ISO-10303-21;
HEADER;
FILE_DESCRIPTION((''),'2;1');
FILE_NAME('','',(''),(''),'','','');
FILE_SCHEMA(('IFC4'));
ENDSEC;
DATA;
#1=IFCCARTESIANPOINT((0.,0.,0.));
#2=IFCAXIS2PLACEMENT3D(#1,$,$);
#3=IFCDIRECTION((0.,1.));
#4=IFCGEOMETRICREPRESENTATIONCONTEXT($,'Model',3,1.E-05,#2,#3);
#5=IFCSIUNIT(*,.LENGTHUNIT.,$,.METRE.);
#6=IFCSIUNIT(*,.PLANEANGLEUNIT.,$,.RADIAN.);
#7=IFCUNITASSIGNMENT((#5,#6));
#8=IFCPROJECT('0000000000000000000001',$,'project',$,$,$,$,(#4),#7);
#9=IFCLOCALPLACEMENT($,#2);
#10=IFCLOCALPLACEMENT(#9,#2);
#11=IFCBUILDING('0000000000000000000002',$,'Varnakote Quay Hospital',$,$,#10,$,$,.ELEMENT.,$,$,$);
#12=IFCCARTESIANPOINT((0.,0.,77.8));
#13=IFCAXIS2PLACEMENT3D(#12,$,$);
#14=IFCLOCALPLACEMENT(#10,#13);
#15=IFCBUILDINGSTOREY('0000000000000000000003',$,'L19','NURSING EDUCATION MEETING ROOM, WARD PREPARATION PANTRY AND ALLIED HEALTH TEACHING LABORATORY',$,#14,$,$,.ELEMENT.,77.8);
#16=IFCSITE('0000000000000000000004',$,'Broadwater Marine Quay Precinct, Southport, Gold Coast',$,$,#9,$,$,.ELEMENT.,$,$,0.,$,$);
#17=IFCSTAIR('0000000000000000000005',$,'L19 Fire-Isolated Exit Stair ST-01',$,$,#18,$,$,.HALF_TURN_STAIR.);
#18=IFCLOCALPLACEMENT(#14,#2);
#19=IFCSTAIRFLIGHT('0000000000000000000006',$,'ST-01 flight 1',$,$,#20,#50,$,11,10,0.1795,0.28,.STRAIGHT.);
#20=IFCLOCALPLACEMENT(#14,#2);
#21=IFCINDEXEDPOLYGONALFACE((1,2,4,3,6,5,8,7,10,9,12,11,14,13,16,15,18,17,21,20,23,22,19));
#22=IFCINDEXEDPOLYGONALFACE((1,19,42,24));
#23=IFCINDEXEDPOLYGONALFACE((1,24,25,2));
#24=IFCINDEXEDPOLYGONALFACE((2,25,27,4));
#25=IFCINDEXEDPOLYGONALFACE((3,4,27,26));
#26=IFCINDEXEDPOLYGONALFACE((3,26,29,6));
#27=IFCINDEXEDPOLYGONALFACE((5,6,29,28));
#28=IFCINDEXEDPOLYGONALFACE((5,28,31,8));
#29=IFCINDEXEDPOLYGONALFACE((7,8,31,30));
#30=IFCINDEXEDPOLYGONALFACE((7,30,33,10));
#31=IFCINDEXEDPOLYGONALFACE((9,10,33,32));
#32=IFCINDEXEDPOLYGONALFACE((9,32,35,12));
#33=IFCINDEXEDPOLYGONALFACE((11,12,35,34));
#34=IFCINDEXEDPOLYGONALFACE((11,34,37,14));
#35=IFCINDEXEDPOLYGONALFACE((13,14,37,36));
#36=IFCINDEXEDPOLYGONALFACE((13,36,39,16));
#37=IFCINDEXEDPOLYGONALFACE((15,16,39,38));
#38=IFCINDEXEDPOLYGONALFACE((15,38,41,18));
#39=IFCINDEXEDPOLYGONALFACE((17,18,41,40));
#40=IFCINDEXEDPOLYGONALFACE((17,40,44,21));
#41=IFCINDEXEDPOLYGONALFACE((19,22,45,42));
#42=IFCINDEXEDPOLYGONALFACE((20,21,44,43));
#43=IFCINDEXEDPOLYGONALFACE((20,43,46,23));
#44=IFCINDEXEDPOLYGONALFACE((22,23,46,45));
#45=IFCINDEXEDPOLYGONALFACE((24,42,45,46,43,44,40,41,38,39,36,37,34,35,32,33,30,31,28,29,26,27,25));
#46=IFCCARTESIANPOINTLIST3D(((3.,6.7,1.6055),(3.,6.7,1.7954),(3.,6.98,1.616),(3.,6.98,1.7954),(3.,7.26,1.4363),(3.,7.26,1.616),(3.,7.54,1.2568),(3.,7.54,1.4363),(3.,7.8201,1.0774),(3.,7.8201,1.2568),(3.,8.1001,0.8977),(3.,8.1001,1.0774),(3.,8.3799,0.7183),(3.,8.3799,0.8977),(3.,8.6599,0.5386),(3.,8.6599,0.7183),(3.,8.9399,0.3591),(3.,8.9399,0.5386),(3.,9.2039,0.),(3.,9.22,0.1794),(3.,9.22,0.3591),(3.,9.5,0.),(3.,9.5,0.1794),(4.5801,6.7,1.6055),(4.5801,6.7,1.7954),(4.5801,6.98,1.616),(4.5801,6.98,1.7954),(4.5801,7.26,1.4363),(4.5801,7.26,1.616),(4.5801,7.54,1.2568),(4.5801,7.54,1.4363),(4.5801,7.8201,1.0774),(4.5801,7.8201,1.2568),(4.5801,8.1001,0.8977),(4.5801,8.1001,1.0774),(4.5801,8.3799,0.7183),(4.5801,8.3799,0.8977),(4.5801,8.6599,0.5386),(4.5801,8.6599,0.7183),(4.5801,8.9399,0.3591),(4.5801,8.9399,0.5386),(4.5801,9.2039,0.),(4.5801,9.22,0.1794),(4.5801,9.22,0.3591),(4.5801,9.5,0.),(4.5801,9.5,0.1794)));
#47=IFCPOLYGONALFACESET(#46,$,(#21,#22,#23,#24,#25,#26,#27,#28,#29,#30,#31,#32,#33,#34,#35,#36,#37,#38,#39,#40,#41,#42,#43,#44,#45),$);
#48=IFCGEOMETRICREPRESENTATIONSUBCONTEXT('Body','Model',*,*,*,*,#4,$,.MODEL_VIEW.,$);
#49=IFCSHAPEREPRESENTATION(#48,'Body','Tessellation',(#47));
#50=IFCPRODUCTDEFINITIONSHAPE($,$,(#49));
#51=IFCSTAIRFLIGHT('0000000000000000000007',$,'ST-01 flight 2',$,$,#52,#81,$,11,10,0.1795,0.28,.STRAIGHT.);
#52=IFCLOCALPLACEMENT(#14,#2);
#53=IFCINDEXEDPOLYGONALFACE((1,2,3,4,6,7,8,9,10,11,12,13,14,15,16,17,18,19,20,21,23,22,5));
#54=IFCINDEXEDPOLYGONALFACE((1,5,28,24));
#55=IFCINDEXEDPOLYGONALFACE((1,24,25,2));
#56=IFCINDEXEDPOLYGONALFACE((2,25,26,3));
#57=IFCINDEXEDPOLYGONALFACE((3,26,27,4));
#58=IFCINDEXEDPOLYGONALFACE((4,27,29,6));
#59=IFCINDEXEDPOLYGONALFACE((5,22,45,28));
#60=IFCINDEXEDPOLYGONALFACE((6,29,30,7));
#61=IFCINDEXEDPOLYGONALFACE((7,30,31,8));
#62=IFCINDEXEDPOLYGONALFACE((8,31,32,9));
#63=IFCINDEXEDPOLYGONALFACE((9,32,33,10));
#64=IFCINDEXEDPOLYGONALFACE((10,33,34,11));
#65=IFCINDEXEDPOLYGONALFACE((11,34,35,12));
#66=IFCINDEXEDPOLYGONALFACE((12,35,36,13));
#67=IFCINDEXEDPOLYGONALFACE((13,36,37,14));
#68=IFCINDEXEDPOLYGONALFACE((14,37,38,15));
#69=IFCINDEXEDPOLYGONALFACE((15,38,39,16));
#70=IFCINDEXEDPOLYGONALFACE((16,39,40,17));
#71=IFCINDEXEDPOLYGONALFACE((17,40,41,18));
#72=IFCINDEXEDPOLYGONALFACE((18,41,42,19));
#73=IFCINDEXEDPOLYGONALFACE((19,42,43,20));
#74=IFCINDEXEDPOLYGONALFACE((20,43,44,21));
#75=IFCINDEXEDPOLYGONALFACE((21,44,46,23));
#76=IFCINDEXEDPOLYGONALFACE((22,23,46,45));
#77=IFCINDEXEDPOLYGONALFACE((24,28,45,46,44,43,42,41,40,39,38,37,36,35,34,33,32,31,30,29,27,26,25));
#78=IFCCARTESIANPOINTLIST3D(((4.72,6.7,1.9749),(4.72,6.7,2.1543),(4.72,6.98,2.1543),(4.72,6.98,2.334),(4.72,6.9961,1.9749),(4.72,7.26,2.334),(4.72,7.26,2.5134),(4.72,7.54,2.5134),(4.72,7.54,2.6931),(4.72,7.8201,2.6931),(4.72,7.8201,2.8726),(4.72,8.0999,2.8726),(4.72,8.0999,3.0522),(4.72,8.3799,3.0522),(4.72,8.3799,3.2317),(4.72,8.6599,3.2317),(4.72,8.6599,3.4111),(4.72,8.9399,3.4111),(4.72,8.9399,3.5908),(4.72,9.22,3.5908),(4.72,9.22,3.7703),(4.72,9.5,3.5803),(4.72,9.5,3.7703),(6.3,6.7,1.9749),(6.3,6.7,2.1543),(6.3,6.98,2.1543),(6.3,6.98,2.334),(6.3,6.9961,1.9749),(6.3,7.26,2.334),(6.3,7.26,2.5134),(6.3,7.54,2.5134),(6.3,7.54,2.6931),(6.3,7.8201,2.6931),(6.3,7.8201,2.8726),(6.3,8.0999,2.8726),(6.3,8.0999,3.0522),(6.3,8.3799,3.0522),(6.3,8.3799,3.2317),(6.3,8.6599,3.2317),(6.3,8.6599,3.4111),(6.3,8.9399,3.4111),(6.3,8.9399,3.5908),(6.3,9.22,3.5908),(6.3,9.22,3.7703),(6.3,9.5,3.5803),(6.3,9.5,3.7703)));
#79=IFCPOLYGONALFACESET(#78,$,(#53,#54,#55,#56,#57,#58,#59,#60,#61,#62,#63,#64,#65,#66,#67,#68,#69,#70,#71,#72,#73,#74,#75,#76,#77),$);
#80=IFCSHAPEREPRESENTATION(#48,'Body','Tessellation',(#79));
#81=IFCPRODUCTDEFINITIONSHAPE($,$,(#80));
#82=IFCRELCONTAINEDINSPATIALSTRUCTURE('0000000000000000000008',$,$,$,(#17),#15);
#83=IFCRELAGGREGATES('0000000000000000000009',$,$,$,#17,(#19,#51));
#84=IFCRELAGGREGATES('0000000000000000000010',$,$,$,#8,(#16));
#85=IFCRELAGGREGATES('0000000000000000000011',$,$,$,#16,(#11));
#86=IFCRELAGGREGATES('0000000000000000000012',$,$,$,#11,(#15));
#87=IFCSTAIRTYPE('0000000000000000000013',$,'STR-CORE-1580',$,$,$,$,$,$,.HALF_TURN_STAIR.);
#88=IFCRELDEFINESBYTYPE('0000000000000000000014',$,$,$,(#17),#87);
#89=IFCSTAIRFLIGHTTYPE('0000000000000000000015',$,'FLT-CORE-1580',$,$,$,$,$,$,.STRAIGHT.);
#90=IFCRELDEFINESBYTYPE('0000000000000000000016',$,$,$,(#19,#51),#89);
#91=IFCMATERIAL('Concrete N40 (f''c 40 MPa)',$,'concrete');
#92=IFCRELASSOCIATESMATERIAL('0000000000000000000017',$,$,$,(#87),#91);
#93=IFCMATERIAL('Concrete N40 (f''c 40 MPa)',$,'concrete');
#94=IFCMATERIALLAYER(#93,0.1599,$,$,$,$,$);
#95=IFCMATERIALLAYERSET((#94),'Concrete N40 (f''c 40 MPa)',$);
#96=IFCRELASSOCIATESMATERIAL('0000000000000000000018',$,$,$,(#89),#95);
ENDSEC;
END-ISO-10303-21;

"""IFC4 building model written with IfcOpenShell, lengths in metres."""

from ifc_helpers import new_model, si_unit, direction, frame, origin, place, context, subcontext, project, spatial, polyline, outline, extrude, material, layer, layer_set, type_object, element, aggregate, save


model = new_model("IFC4")

# Units and contexts
model_context = context("Model", 3, precision=1e-05, world=origin(), true_north=direction((0.0, 1.0)))
body_context = subcontext(model_context, "Body", "Model", "MODEL_VIEW")
ifc_project = project(units=[si_unit("LENGTHUNIT", "METRE"), si_unit("PLANEANGLEUNIT", "RADIAN")], contexts=[model_context])

# Site, building, storey
site_placement = place(None, origin())
site = spatial("IfcSite", under=ifc_project, at=site_placement, Name="Broadwater Marine Quay Precinct, Southport, Gold Coast", CompositionType="ELEMENT", RefElevation=0.0)
building_placement = place(site_placement, origin())
building = spatial("IfcBuilding", under=site, at=building_placement, Name="Varnakote Quay Hospital", CompositionType="ELEMENT")
storey_placement = place(building_placement, frame((0.0, 0.0, 77.8)))
storey = spatial("IfcBuildingStorey", under=building, at=storey_placement, Name="L19", Description="NURSING EDUCATION MEETING ROOM, WARD PREPARATION PANTRY AND ALLIED HEALTH TEACHING LABORATORY", CompositionType="ELEMENT", Elevation=77.8)

# Stair, stair flights
ifc_material_1 = material(Name="Concrete N40 (f'c 40 MPa)", Category="concrete")
stair_type = type_object("IfcStairType", Name="STR-CORE-1580", PredefinedType="HALF_TURN_STAIR", material=ifc_material_1)
stair_placement = place(storey_placement, origin())
stair = element("IfcStair", 1, at=stair_placement, inside=storey, type_object=stair_type, Name="L19 Fire-Isolated Exit Stair ST-01", PredefinedType="HALF_TURN_STAIR")
ifc_material_2 = material(Name="Concrete N40 (f'c 40 MPa)", Category="concrete")
ifc_layer_1 = layer(ifc_material_2, 0.1599)
ifc_layer_set_1 = layer_set([ifc_layer_1], Name="Concrete N40 (f'c 40 MPa)")
stair_flight_type = type_object("IfcStairFlightType", Name="FLT-CORE-1580", PredefinedType="STRAIGHT", material=ifc_layer_set_1)
stair_flight_1_placement = place(storey_placement, frame((3.79, 9.5, 0.0), z_axis=(0.0, 0.0, 1.0), x_axis=(0.0, -1.0, 0.0)))
stair_flight_1 = element("IfcStairFlight", 2, at=stair_flight_1_placement, type_object=stair_flight_type, Name="ST-01 flight 1", NumberOfRisers=11, NumberOfTreads=10, PredefinedType="STRAIGHT", RiserHeight=0.1795, TreadLength=0.28, context=body_context, shape_type="SweptSolid", body=[
    extrude(outline(polyline([(0.0, 0.0), (0.0, 0.1794), (0.28, 0.1794), (0.28, 0.3591), (0.5601, 0.3591), (0.5601, 0.5386), (0.8401, 0.5386), (0.8401, 0.7183), (1.1201, 0.7183), (1.1201, 0.8977), (1.3999, 0.8977), (1.3999, 1.0774), (1.6799, 1.0774), (1.6799, 1.2568), (1.96, 1.2568), (1.96, 1.4363), (2.24, 1.4363), (2.24, 1.616), (2.52, 1.616), (2.52, 1.7954), (2.8, 1.7954), (2.8, 1.9751), (2.8, 1.6055), (0.2961, 0.0), (0.0, 0.0)])), frame((0.0, 0.79, 0.0), z_axis=(0.0, -1.0, 0.0), x_axis=(1.0, 0.0, 0.0)), (0.0, 0.0, 1.0), 1.5801),
])
stair_flight_2_placement = place(storey_placement, frame((5.51, 6.7, 1.9749), z_axis=(0.0, 0.0, 1.0), x_axis=(0.0, 1.0, 0.0)))
stair_flight_2 = element("IfcStairFlight", 3, at=stair_flight_2_placement, type_object=stair_flight_type, Name="ST-01 flight 2", NumberOfRisers=11, NumberOfTreads=10, PredefinedType="STRAIGHT", RiserHeight=0.1795, TreadLength=0.28, context=body_context, shape_type="SweptSolid", body=[
    extrude(outline(polyline([(0.0, 0.0), (0.0, 0.1794), (0.28, 0.1794), (0.28, 0.3591), (0.5601, 0.3591), (0.5601, 0.5386), (0.8401, 0.5386), (0.8401, 0.7183), (1.1201, 0.7183), (1.1201, 0.8977), (1.3999, 0.8977), (1.3999, 1.0774), (1.6799, 1.0774), (1.6799, 1.2568), (1.96, 1.2568), (1.96, 1.4363), (2.24, 1.4363), (2.24, 1.616), (2.52, 1.616), (2.52, 1.7954), (2.8, 1.7954), (2.8, 1.9751), (2.8, 1.6055), (0.2961, 0.0), (0.0, 0.0)])), frame((0.0, 0.79, 0.0), z_axis=(0.0, -1.0, 0.0), x_axis=(1.0, 0.0, 0.0)), (0.0, 0.0, 1.0), 1.5801),
])
aggregate(stair, [stair_flight_1, stair_flight_2])

save(model, "model.ifc")
